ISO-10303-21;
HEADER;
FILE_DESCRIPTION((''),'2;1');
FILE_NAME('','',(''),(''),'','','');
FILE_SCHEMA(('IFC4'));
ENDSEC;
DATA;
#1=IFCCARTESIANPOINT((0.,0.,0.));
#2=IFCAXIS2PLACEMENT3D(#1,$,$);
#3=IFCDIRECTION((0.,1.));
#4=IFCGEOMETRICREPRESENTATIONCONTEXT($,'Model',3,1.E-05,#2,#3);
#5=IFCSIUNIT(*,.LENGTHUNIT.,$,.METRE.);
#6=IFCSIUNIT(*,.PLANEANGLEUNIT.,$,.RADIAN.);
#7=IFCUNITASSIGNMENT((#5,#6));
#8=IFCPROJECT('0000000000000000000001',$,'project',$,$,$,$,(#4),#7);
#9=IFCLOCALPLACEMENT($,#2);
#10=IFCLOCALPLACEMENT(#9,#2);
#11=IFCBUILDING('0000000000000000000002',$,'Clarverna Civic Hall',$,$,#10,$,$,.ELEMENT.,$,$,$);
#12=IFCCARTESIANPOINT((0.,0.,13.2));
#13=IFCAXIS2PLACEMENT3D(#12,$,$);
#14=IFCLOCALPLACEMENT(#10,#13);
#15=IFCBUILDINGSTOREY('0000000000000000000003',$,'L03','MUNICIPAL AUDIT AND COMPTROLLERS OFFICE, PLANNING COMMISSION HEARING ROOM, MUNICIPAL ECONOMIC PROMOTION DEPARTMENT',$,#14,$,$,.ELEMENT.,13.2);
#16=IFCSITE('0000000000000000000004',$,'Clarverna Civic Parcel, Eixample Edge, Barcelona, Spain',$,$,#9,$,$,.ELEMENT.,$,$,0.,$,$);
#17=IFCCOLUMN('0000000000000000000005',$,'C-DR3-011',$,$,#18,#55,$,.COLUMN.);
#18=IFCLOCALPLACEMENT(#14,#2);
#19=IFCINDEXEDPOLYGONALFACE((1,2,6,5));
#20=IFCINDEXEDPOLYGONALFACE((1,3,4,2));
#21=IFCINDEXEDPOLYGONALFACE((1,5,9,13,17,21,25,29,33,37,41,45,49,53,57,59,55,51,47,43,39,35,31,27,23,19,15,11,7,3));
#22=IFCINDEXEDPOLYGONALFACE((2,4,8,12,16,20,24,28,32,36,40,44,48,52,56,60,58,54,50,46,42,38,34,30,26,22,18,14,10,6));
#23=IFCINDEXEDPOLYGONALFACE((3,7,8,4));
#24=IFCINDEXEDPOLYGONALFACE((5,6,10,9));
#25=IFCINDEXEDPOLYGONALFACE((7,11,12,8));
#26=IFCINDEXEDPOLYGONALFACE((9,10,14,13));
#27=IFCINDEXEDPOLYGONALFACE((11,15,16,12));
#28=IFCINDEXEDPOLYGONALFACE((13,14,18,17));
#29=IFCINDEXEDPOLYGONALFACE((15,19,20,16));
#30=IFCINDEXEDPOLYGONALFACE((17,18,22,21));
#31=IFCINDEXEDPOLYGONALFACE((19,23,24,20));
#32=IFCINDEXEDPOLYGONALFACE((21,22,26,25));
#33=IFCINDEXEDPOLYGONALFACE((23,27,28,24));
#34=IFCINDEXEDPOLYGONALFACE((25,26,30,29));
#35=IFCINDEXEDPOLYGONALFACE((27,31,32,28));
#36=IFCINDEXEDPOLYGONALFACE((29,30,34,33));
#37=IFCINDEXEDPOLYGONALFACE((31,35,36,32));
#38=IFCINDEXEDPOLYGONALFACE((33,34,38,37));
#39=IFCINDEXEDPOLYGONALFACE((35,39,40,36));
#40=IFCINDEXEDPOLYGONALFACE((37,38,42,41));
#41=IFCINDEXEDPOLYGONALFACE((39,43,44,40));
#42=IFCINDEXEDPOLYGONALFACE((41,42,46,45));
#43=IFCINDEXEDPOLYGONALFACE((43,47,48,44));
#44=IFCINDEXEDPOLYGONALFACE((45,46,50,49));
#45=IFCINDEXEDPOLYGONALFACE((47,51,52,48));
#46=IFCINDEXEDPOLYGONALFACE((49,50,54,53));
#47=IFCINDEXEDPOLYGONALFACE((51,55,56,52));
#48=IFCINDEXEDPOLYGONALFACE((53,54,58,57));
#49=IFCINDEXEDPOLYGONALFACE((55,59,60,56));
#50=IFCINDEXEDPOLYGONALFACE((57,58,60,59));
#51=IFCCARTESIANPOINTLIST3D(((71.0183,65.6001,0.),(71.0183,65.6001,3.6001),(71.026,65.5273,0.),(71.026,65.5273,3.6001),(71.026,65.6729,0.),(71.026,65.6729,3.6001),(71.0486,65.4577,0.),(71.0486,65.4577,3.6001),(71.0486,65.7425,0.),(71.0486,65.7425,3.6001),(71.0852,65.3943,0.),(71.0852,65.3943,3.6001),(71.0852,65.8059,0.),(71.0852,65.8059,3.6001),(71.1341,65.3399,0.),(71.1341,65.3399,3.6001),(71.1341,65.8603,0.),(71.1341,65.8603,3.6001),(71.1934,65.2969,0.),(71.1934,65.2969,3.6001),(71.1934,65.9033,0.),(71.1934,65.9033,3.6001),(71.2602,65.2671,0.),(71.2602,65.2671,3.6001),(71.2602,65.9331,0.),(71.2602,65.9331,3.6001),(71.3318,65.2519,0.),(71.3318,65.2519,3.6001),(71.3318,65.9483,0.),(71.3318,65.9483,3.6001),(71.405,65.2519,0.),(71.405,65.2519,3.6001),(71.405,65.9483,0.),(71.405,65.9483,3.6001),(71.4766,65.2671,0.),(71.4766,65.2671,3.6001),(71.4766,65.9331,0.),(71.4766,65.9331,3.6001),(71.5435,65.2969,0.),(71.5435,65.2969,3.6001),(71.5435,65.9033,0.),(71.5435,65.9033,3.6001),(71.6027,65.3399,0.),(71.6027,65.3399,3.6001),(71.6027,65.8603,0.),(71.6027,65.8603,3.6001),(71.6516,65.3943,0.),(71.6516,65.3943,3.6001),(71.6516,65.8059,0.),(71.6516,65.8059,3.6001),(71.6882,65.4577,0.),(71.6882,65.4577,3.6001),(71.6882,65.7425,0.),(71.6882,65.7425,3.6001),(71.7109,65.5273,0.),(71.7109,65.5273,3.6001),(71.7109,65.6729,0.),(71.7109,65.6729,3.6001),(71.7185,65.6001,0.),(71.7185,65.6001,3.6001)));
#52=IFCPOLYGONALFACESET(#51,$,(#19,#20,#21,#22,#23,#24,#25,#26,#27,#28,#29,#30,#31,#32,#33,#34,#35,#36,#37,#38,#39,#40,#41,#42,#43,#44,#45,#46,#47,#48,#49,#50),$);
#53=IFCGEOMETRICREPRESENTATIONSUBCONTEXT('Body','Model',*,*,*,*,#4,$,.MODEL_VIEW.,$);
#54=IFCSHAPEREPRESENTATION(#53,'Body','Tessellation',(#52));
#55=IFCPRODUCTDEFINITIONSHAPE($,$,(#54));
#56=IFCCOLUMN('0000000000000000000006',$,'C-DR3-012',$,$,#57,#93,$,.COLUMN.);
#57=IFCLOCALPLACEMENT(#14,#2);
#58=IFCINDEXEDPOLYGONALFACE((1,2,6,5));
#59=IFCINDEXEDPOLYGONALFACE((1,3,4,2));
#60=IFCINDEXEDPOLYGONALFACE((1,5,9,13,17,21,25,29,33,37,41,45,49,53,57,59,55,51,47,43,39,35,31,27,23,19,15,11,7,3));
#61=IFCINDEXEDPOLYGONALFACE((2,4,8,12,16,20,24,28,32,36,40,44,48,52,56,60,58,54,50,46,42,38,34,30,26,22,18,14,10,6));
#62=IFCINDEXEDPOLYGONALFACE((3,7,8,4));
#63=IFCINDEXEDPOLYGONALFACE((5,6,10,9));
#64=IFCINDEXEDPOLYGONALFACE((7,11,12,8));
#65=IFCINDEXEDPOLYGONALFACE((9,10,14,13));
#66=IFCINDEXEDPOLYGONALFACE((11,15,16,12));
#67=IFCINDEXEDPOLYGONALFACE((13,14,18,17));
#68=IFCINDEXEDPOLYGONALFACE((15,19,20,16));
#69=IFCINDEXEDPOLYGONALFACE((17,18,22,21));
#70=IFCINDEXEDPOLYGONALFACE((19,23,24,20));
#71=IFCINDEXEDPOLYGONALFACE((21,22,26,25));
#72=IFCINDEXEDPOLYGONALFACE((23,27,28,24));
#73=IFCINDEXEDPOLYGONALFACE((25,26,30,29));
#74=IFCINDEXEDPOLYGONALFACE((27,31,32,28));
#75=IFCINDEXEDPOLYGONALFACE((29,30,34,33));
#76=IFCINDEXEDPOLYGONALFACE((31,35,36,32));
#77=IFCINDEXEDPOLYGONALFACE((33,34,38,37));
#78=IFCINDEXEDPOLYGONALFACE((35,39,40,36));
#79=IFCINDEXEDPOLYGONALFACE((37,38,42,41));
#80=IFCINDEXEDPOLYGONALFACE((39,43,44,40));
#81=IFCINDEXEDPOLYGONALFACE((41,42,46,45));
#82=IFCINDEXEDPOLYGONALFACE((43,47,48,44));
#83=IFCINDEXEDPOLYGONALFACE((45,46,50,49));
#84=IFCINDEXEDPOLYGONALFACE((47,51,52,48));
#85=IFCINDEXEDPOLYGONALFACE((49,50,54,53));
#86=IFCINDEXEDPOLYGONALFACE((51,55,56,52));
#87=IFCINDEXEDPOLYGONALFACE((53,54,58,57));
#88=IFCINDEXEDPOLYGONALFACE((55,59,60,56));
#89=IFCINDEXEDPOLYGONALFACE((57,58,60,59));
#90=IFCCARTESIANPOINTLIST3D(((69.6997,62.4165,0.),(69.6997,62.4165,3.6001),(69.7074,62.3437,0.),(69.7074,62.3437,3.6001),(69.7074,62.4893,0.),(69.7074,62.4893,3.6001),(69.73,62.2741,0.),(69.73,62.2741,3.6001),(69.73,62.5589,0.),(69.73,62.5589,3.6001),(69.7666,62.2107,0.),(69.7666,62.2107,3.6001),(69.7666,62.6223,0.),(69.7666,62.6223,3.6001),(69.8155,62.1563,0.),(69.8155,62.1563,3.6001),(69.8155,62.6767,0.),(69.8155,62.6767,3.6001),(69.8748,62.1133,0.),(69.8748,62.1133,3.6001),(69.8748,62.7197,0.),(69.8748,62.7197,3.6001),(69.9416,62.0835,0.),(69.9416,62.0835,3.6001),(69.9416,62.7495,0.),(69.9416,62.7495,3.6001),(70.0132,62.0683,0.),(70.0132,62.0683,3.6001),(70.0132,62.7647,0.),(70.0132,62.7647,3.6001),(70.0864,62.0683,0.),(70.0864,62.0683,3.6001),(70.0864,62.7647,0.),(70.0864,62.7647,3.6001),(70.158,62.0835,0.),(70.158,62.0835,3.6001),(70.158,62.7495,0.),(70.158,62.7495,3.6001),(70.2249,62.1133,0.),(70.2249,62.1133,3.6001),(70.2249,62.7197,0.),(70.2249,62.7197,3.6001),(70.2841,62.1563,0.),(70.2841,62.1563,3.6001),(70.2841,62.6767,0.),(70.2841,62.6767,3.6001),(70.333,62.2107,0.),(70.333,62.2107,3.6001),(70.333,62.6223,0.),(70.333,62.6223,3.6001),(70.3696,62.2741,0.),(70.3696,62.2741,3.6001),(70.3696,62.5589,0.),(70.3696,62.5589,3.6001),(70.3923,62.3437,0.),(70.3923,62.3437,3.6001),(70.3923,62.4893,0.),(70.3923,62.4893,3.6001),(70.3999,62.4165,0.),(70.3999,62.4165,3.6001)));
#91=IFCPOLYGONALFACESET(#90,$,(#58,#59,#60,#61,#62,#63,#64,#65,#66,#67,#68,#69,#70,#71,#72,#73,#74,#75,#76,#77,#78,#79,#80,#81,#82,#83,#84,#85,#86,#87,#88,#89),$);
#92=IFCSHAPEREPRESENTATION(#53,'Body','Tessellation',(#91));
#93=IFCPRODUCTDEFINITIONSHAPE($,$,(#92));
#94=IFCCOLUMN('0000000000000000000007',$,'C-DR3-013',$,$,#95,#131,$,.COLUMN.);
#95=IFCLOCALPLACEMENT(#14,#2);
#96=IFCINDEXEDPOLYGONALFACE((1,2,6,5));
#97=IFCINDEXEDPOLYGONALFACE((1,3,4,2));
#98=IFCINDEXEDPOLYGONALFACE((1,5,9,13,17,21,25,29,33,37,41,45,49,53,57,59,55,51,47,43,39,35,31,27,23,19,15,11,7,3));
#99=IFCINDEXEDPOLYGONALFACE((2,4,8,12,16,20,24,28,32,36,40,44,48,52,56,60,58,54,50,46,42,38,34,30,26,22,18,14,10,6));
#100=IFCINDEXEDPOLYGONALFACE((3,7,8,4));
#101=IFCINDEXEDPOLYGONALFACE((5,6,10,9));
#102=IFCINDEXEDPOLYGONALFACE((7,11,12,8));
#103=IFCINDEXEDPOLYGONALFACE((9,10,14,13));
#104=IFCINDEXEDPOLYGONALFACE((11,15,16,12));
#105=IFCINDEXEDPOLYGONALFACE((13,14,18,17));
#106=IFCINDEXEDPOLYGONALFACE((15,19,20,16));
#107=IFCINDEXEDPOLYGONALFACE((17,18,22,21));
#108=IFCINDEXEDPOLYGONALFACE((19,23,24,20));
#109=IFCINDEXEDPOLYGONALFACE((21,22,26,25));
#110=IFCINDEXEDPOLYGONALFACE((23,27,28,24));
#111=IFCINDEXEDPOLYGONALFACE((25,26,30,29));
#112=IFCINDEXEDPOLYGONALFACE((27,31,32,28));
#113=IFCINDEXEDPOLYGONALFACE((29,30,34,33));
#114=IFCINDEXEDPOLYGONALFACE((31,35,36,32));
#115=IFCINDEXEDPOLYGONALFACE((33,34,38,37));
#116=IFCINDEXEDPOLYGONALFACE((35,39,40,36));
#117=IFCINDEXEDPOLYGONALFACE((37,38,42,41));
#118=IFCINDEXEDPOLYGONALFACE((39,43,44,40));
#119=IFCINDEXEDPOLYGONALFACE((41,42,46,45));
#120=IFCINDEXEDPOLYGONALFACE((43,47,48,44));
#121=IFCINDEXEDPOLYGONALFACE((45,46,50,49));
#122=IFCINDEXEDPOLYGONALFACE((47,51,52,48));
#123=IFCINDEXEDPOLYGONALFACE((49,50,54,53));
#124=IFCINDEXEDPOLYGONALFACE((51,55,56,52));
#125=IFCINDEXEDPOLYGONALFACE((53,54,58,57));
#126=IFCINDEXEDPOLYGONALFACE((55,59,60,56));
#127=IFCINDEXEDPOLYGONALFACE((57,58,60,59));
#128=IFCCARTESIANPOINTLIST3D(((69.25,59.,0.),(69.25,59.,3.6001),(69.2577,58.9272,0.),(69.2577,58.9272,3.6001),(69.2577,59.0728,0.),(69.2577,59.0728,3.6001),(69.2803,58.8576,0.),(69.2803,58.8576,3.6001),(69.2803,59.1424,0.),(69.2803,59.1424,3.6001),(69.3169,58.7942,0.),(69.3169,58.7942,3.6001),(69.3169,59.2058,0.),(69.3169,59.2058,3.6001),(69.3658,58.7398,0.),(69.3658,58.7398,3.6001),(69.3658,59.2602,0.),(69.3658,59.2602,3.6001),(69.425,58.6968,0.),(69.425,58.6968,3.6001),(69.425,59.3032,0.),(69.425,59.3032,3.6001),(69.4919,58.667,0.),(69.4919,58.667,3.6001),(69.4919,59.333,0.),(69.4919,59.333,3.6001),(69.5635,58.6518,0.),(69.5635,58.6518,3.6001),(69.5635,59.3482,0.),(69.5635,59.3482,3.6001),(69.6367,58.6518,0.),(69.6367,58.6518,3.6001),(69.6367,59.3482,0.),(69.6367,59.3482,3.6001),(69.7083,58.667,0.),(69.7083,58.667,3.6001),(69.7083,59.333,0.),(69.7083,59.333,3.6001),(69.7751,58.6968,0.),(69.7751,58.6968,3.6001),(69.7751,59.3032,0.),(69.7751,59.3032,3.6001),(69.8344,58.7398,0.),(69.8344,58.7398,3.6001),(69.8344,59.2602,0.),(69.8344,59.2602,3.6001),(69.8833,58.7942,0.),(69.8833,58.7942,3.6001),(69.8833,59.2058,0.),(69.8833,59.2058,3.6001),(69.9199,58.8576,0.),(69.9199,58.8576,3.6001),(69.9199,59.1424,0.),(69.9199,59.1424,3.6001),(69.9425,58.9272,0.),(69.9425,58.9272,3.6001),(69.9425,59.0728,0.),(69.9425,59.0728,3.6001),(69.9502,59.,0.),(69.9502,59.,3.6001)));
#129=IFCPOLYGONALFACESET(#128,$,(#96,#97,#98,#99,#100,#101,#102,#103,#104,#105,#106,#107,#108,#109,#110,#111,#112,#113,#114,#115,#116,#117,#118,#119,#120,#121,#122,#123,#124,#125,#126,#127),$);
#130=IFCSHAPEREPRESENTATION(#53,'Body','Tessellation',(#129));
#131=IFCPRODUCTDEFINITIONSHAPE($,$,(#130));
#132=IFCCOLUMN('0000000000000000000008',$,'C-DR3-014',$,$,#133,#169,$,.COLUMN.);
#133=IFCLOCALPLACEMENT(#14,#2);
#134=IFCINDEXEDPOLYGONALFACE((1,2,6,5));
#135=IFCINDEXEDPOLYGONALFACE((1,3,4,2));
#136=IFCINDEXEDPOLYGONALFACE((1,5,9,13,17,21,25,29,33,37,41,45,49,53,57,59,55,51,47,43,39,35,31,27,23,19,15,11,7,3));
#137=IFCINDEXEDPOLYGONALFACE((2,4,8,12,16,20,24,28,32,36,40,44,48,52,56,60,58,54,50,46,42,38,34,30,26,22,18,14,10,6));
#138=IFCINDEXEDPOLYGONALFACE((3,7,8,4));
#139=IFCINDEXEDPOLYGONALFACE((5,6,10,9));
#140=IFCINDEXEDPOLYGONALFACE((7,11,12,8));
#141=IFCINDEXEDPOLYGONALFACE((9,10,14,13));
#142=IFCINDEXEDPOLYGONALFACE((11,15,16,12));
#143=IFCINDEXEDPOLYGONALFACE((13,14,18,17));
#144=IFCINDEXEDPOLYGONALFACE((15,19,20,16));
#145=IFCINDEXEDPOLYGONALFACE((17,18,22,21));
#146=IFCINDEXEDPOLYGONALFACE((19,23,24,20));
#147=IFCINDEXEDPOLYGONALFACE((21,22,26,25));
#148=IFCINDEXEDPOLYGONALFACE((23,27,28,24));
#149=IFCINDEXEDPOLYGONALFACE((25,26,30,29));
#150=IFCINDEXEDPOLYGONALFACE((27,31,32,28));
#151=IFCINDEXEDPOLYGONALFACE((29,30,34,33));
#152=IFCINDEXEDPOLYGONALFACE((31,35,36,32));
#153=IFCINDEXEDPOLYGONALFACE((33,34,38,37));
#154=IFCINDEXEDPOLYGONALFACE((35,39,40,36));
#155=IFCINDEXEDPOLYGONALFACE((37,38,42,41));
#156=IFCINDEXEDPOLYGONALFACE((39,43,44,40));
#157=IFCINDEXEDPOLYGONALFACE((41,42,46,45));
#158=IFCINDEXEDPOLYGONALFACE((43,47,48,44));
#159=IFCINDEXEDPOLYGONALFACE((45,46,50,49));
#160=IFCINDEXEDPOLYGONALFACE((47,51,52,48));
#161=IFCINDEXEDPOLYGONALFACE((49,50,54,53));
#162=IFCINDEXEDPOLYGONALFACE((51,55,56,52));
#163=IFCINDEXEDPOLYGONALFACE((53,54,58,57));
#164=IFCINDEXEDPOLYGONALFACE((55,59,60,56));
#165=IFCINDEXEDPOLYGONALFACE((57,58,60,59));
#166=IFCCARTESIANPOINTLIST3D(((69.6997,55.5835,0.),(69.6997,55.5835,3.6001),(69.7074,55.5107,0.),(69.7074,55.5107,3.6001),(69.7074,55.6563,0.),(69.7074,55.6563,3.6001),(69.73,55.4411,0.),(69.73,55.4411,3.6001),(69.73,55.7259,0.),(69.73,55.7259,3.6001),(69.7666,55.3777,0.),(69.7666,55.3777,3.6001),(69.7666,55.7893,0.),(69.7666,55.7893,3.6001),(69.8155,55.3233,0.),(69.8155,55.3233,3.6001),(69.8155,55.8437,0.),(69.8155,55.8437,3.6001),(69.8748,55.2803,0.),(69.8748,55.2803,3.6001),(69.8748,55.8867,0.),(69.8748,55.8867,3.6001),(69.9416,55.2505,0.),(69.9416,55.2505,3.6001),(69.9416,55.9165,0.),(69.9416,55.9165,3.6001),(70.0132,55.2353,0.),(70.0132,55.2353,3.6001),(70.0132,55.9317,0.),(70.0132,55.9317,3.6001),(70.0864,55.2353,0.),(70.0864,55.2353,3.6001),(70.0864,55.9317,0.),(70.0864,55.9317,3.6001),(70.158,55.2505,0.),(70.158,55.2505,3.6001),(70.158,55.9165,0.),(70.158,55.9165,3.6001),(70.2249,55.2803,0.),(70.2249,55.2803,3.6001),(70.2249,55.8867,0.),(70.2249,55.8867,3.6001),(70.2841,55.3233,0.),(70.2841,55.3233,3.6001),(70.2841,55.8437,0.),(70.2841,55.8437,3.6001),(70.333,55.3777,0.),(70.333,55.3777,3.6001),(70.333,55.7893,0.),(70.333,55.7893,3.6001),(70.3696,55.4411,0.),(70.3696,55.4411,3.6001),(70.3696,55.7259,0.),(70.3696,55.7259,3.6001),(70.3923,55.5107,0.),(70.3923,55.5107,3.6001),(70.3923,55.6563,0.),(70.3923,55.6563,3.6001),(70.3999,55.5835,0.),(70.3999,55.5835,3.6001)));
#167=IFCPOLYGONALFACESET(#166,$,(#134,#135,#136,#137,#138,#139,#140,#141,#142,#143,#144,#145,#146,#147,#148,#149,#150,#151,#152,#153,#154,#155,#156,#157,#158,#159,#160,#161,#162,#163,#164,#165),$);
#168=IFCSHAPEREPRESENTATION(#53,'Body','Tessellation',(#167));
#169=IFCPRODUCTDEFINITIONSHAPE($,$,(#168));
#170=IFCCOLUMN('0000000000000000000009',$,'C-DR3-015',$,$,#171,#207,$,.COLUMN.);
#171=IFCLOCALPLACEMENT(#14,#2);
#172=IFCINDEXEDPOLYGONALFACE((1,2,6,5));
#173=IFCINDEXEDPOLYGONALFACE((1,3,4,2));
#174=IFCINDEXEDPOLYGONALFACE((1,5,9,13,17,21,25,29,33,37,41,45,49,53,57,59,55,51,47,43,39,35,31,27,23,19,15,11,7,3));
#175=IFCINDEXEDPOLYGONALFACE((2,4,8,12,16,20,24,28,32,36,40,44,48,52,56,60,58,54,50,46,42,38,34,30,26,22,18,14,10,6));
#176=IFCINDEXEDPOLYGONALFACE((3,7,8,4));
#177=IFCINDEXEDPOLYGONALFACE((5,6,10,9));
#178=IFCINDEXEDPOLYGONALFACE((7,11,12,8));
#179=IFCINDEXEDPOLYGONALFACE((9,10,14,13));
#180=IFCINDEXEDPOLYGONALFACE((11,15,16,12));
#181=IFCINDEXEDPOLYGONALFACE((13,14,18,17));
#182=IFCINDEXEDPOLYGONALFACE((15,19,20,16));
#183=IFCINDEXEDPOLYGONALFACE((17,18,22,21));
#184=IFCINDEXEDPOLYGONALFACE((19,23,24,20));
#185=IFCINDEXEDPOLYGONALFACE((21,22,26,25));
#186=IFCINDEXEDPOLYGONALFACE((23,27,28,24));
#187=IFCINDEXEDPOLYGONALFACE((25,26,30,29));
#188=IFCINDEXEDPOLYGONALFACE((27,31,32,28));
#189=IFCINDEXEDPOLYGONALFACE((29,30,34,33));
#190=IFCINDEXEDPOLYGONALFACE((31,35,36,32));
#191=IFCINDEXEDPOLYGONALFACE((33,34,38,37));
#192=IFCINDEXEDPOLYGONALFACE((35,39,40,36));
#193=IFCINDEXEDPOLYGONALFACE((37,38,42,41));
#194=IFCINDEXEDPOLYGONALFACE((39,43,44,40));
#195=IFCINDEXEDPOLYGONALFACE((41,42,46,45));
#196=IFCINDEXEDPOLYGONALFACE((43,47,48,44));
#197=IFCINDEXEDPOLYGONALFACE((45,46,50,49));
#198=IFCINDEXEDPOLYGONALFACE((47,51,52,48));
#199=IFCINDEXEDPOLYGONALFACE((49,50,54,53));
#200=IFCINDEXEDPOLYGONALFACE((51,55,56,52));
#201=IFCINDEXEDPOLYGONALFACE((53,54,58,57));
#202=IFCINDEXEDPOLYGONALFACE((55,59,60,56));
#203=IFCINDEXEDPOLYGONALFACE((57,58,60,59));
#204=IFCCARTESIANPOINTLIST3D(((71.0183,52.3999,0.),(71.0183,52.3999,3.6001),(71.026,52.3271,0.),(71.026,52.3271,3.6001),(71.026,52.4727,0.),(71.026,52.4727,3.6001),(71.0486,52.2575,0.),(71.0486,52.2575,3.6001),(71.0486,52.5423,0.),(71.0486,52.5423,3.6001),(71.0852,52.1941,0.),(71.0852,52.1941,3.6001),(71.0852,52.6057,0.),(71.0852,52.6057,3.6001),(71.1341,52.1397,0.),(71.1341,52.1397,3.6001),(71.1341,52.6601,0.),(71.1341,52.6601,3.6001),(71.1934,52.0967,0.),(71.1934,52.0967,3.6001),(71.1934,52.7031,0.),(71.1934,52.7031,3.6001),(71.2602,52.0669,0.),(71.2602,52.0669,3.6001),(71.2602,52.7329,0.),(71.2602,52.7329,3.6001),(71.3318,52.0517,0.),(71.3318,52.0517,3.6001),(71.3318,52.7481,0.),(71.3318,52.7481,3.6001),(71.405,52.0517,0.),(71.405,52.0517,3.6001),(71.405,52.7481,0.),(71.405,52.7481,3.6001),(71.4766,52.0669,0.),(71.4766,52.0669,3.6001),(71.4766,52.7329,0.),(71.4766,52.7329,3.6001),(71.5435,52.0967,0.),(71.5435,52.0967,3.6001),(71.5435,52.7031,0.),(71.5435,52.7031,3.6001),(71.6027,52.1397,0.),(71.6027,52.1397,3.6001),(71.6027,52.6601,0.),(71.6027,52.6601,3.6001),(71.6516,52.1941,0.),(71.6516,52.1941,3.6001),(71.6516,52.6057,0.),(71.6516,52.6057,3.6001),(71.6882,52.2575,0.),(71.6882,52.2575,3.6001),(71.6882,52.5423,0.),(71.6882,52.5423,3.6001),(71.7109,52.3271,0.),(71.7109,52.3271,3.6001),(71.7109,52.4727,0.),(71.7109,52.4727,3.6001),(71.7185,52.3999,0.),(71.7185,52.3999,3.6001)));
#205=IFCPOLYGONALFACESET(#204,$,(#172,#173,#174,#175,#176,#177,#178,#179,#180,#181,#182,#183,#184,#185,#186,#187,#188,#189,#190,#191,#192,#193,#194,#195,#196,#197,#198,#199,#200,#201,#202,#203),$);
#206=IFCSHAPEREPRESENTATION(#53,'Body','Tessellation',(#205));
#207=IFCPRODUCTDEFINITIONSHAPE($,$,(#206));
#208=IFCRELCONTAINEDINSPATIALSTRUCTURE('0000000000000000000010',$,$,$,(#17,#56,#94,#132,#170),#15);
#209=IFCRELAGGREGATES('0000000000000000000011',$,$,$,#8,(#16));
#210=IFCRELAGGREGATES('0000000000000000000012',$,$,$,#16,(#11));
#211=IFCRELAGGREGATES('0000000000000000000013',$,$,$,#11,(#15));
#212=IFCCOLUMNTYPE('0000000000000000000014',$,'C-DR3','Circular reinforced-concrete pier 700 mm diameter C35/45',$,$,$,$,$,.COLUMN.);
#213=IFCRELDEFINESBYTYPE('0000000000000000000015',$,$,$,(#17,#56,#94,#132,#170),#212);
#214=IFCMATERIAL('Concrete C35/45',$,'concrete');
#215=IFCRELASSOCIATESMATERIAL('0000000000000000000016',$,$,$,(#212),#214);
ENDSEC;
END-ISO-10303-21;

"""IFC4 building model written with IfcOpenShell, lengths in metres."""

from ifc_helpers import new_model, si_unit, direction, frame, origin, origin_2d, place, context, subcontext, project, spatial, circle, extrude, material, material_profile, profile_set, type_object, element, save


model = new_model("IFC4")

# Units and contexts
model_context = context("Model", 3, precision=1e-05, world=origin(), true_north=direction((0.0, 1.0)))
body_context = subcontext(model_context, "Body", "Model", "MODEL_VIEW")
ifc_project = project(units=[si_unit("LENGTHUNIT", "METRE"), si_unit("PLANEANGLEUNIT", "RADIAN")], contexts=[model_context])

# Site, building, storey
site_placement = place(None, origin())
site = spatial("IfcSite", under=ifc_project, at=site_placement, Name="Clarverna Civic Parcel, Eixample Edge, Barcelona, Spain", CompositionType="ELEMENT", RefElevation=0.0)
building_placement = place(site_placement, origin())
building = spatial("IfcBuilding", under=site, at=building_placement, Name="Clarverna Civic Hall", CompositionType="ELEMENT")
storey_placement = place(building_placement, frame((0.0, 0.0, 13.2)))
storey = spatial("IfcBuildingStorey", under=building, at=storey_placement, Name="L03", Description="MUNICIPAL AUDIT AND COMPTROLLERS OFFICE, PLANNING COMMISSION HEARING ROOM, MUNICIPAL ECONOMIC PROMOTION DEPARTMENT", CompositionType="ELEMENT", Elevation=13.2)

# Columns
ifc_material_1 = material(Name="Concrete C35/45", Category="concrete")
ifc_material_profile_1 = material_profile(ifc_material_1, circle(Radius=0.3501, at=origin_2d()), Name="RC D700")
ifc_profile_set_1 = profile_set([ifc_material_profile_1], Name="Concrete C35/45")
column_type_1 = type_object("IfcColumnType", Name="C-DR3", Description="Circular reinforced-concrete pier 700 mm diameter C35/45", PredefinedType="COLUMN", material=ifc_profile_set_1)
for number, where, z_axis, x_axis, name in (
    (1, (71.3684, 65.6001, 0.0), (0.0, 0.0, 1.0), (1.0, 0.0, 0.0), "C-DR3-011"),
    (2, (70.0498, 62.4165, 0.0), (0.0, 0.0, 1.0), (1.0, 0.0, 0.0), "C-DR3-012"),
    (3, (69.6001, 59.0, 0.0), (0.0, 0.0, 1.0), (1.0, 0.0, 0.0), "C-DR3-013"),
    (4, (70.0498, 55.5835, 0.0), (0.0, 0.0, 1.0), (1.0, 0.0, 0.0), "C-DR3-014"),
    (5, (71.3684, 52.3999, 0.0), (0.0, 0.0, 1.0), (1.0, 0.0, 0.0), "C-DR3-015"),
):
    element("IfcColumn", number, at=place(storey_placement, frame(where, z_axis=z_axis, x_axis=x_axis)), inside=storey, type_object=column_type_1, Name=name, PredefinedType="COLUMN", context=body_context, shape_type="SweptSolid", body=[
        extrude(circle(Radius=0.3501, at=origin_2d()), origin(), (0.0, 0.0, 1.0), 3.6001),
    ])

save(model, "model.ifc")
